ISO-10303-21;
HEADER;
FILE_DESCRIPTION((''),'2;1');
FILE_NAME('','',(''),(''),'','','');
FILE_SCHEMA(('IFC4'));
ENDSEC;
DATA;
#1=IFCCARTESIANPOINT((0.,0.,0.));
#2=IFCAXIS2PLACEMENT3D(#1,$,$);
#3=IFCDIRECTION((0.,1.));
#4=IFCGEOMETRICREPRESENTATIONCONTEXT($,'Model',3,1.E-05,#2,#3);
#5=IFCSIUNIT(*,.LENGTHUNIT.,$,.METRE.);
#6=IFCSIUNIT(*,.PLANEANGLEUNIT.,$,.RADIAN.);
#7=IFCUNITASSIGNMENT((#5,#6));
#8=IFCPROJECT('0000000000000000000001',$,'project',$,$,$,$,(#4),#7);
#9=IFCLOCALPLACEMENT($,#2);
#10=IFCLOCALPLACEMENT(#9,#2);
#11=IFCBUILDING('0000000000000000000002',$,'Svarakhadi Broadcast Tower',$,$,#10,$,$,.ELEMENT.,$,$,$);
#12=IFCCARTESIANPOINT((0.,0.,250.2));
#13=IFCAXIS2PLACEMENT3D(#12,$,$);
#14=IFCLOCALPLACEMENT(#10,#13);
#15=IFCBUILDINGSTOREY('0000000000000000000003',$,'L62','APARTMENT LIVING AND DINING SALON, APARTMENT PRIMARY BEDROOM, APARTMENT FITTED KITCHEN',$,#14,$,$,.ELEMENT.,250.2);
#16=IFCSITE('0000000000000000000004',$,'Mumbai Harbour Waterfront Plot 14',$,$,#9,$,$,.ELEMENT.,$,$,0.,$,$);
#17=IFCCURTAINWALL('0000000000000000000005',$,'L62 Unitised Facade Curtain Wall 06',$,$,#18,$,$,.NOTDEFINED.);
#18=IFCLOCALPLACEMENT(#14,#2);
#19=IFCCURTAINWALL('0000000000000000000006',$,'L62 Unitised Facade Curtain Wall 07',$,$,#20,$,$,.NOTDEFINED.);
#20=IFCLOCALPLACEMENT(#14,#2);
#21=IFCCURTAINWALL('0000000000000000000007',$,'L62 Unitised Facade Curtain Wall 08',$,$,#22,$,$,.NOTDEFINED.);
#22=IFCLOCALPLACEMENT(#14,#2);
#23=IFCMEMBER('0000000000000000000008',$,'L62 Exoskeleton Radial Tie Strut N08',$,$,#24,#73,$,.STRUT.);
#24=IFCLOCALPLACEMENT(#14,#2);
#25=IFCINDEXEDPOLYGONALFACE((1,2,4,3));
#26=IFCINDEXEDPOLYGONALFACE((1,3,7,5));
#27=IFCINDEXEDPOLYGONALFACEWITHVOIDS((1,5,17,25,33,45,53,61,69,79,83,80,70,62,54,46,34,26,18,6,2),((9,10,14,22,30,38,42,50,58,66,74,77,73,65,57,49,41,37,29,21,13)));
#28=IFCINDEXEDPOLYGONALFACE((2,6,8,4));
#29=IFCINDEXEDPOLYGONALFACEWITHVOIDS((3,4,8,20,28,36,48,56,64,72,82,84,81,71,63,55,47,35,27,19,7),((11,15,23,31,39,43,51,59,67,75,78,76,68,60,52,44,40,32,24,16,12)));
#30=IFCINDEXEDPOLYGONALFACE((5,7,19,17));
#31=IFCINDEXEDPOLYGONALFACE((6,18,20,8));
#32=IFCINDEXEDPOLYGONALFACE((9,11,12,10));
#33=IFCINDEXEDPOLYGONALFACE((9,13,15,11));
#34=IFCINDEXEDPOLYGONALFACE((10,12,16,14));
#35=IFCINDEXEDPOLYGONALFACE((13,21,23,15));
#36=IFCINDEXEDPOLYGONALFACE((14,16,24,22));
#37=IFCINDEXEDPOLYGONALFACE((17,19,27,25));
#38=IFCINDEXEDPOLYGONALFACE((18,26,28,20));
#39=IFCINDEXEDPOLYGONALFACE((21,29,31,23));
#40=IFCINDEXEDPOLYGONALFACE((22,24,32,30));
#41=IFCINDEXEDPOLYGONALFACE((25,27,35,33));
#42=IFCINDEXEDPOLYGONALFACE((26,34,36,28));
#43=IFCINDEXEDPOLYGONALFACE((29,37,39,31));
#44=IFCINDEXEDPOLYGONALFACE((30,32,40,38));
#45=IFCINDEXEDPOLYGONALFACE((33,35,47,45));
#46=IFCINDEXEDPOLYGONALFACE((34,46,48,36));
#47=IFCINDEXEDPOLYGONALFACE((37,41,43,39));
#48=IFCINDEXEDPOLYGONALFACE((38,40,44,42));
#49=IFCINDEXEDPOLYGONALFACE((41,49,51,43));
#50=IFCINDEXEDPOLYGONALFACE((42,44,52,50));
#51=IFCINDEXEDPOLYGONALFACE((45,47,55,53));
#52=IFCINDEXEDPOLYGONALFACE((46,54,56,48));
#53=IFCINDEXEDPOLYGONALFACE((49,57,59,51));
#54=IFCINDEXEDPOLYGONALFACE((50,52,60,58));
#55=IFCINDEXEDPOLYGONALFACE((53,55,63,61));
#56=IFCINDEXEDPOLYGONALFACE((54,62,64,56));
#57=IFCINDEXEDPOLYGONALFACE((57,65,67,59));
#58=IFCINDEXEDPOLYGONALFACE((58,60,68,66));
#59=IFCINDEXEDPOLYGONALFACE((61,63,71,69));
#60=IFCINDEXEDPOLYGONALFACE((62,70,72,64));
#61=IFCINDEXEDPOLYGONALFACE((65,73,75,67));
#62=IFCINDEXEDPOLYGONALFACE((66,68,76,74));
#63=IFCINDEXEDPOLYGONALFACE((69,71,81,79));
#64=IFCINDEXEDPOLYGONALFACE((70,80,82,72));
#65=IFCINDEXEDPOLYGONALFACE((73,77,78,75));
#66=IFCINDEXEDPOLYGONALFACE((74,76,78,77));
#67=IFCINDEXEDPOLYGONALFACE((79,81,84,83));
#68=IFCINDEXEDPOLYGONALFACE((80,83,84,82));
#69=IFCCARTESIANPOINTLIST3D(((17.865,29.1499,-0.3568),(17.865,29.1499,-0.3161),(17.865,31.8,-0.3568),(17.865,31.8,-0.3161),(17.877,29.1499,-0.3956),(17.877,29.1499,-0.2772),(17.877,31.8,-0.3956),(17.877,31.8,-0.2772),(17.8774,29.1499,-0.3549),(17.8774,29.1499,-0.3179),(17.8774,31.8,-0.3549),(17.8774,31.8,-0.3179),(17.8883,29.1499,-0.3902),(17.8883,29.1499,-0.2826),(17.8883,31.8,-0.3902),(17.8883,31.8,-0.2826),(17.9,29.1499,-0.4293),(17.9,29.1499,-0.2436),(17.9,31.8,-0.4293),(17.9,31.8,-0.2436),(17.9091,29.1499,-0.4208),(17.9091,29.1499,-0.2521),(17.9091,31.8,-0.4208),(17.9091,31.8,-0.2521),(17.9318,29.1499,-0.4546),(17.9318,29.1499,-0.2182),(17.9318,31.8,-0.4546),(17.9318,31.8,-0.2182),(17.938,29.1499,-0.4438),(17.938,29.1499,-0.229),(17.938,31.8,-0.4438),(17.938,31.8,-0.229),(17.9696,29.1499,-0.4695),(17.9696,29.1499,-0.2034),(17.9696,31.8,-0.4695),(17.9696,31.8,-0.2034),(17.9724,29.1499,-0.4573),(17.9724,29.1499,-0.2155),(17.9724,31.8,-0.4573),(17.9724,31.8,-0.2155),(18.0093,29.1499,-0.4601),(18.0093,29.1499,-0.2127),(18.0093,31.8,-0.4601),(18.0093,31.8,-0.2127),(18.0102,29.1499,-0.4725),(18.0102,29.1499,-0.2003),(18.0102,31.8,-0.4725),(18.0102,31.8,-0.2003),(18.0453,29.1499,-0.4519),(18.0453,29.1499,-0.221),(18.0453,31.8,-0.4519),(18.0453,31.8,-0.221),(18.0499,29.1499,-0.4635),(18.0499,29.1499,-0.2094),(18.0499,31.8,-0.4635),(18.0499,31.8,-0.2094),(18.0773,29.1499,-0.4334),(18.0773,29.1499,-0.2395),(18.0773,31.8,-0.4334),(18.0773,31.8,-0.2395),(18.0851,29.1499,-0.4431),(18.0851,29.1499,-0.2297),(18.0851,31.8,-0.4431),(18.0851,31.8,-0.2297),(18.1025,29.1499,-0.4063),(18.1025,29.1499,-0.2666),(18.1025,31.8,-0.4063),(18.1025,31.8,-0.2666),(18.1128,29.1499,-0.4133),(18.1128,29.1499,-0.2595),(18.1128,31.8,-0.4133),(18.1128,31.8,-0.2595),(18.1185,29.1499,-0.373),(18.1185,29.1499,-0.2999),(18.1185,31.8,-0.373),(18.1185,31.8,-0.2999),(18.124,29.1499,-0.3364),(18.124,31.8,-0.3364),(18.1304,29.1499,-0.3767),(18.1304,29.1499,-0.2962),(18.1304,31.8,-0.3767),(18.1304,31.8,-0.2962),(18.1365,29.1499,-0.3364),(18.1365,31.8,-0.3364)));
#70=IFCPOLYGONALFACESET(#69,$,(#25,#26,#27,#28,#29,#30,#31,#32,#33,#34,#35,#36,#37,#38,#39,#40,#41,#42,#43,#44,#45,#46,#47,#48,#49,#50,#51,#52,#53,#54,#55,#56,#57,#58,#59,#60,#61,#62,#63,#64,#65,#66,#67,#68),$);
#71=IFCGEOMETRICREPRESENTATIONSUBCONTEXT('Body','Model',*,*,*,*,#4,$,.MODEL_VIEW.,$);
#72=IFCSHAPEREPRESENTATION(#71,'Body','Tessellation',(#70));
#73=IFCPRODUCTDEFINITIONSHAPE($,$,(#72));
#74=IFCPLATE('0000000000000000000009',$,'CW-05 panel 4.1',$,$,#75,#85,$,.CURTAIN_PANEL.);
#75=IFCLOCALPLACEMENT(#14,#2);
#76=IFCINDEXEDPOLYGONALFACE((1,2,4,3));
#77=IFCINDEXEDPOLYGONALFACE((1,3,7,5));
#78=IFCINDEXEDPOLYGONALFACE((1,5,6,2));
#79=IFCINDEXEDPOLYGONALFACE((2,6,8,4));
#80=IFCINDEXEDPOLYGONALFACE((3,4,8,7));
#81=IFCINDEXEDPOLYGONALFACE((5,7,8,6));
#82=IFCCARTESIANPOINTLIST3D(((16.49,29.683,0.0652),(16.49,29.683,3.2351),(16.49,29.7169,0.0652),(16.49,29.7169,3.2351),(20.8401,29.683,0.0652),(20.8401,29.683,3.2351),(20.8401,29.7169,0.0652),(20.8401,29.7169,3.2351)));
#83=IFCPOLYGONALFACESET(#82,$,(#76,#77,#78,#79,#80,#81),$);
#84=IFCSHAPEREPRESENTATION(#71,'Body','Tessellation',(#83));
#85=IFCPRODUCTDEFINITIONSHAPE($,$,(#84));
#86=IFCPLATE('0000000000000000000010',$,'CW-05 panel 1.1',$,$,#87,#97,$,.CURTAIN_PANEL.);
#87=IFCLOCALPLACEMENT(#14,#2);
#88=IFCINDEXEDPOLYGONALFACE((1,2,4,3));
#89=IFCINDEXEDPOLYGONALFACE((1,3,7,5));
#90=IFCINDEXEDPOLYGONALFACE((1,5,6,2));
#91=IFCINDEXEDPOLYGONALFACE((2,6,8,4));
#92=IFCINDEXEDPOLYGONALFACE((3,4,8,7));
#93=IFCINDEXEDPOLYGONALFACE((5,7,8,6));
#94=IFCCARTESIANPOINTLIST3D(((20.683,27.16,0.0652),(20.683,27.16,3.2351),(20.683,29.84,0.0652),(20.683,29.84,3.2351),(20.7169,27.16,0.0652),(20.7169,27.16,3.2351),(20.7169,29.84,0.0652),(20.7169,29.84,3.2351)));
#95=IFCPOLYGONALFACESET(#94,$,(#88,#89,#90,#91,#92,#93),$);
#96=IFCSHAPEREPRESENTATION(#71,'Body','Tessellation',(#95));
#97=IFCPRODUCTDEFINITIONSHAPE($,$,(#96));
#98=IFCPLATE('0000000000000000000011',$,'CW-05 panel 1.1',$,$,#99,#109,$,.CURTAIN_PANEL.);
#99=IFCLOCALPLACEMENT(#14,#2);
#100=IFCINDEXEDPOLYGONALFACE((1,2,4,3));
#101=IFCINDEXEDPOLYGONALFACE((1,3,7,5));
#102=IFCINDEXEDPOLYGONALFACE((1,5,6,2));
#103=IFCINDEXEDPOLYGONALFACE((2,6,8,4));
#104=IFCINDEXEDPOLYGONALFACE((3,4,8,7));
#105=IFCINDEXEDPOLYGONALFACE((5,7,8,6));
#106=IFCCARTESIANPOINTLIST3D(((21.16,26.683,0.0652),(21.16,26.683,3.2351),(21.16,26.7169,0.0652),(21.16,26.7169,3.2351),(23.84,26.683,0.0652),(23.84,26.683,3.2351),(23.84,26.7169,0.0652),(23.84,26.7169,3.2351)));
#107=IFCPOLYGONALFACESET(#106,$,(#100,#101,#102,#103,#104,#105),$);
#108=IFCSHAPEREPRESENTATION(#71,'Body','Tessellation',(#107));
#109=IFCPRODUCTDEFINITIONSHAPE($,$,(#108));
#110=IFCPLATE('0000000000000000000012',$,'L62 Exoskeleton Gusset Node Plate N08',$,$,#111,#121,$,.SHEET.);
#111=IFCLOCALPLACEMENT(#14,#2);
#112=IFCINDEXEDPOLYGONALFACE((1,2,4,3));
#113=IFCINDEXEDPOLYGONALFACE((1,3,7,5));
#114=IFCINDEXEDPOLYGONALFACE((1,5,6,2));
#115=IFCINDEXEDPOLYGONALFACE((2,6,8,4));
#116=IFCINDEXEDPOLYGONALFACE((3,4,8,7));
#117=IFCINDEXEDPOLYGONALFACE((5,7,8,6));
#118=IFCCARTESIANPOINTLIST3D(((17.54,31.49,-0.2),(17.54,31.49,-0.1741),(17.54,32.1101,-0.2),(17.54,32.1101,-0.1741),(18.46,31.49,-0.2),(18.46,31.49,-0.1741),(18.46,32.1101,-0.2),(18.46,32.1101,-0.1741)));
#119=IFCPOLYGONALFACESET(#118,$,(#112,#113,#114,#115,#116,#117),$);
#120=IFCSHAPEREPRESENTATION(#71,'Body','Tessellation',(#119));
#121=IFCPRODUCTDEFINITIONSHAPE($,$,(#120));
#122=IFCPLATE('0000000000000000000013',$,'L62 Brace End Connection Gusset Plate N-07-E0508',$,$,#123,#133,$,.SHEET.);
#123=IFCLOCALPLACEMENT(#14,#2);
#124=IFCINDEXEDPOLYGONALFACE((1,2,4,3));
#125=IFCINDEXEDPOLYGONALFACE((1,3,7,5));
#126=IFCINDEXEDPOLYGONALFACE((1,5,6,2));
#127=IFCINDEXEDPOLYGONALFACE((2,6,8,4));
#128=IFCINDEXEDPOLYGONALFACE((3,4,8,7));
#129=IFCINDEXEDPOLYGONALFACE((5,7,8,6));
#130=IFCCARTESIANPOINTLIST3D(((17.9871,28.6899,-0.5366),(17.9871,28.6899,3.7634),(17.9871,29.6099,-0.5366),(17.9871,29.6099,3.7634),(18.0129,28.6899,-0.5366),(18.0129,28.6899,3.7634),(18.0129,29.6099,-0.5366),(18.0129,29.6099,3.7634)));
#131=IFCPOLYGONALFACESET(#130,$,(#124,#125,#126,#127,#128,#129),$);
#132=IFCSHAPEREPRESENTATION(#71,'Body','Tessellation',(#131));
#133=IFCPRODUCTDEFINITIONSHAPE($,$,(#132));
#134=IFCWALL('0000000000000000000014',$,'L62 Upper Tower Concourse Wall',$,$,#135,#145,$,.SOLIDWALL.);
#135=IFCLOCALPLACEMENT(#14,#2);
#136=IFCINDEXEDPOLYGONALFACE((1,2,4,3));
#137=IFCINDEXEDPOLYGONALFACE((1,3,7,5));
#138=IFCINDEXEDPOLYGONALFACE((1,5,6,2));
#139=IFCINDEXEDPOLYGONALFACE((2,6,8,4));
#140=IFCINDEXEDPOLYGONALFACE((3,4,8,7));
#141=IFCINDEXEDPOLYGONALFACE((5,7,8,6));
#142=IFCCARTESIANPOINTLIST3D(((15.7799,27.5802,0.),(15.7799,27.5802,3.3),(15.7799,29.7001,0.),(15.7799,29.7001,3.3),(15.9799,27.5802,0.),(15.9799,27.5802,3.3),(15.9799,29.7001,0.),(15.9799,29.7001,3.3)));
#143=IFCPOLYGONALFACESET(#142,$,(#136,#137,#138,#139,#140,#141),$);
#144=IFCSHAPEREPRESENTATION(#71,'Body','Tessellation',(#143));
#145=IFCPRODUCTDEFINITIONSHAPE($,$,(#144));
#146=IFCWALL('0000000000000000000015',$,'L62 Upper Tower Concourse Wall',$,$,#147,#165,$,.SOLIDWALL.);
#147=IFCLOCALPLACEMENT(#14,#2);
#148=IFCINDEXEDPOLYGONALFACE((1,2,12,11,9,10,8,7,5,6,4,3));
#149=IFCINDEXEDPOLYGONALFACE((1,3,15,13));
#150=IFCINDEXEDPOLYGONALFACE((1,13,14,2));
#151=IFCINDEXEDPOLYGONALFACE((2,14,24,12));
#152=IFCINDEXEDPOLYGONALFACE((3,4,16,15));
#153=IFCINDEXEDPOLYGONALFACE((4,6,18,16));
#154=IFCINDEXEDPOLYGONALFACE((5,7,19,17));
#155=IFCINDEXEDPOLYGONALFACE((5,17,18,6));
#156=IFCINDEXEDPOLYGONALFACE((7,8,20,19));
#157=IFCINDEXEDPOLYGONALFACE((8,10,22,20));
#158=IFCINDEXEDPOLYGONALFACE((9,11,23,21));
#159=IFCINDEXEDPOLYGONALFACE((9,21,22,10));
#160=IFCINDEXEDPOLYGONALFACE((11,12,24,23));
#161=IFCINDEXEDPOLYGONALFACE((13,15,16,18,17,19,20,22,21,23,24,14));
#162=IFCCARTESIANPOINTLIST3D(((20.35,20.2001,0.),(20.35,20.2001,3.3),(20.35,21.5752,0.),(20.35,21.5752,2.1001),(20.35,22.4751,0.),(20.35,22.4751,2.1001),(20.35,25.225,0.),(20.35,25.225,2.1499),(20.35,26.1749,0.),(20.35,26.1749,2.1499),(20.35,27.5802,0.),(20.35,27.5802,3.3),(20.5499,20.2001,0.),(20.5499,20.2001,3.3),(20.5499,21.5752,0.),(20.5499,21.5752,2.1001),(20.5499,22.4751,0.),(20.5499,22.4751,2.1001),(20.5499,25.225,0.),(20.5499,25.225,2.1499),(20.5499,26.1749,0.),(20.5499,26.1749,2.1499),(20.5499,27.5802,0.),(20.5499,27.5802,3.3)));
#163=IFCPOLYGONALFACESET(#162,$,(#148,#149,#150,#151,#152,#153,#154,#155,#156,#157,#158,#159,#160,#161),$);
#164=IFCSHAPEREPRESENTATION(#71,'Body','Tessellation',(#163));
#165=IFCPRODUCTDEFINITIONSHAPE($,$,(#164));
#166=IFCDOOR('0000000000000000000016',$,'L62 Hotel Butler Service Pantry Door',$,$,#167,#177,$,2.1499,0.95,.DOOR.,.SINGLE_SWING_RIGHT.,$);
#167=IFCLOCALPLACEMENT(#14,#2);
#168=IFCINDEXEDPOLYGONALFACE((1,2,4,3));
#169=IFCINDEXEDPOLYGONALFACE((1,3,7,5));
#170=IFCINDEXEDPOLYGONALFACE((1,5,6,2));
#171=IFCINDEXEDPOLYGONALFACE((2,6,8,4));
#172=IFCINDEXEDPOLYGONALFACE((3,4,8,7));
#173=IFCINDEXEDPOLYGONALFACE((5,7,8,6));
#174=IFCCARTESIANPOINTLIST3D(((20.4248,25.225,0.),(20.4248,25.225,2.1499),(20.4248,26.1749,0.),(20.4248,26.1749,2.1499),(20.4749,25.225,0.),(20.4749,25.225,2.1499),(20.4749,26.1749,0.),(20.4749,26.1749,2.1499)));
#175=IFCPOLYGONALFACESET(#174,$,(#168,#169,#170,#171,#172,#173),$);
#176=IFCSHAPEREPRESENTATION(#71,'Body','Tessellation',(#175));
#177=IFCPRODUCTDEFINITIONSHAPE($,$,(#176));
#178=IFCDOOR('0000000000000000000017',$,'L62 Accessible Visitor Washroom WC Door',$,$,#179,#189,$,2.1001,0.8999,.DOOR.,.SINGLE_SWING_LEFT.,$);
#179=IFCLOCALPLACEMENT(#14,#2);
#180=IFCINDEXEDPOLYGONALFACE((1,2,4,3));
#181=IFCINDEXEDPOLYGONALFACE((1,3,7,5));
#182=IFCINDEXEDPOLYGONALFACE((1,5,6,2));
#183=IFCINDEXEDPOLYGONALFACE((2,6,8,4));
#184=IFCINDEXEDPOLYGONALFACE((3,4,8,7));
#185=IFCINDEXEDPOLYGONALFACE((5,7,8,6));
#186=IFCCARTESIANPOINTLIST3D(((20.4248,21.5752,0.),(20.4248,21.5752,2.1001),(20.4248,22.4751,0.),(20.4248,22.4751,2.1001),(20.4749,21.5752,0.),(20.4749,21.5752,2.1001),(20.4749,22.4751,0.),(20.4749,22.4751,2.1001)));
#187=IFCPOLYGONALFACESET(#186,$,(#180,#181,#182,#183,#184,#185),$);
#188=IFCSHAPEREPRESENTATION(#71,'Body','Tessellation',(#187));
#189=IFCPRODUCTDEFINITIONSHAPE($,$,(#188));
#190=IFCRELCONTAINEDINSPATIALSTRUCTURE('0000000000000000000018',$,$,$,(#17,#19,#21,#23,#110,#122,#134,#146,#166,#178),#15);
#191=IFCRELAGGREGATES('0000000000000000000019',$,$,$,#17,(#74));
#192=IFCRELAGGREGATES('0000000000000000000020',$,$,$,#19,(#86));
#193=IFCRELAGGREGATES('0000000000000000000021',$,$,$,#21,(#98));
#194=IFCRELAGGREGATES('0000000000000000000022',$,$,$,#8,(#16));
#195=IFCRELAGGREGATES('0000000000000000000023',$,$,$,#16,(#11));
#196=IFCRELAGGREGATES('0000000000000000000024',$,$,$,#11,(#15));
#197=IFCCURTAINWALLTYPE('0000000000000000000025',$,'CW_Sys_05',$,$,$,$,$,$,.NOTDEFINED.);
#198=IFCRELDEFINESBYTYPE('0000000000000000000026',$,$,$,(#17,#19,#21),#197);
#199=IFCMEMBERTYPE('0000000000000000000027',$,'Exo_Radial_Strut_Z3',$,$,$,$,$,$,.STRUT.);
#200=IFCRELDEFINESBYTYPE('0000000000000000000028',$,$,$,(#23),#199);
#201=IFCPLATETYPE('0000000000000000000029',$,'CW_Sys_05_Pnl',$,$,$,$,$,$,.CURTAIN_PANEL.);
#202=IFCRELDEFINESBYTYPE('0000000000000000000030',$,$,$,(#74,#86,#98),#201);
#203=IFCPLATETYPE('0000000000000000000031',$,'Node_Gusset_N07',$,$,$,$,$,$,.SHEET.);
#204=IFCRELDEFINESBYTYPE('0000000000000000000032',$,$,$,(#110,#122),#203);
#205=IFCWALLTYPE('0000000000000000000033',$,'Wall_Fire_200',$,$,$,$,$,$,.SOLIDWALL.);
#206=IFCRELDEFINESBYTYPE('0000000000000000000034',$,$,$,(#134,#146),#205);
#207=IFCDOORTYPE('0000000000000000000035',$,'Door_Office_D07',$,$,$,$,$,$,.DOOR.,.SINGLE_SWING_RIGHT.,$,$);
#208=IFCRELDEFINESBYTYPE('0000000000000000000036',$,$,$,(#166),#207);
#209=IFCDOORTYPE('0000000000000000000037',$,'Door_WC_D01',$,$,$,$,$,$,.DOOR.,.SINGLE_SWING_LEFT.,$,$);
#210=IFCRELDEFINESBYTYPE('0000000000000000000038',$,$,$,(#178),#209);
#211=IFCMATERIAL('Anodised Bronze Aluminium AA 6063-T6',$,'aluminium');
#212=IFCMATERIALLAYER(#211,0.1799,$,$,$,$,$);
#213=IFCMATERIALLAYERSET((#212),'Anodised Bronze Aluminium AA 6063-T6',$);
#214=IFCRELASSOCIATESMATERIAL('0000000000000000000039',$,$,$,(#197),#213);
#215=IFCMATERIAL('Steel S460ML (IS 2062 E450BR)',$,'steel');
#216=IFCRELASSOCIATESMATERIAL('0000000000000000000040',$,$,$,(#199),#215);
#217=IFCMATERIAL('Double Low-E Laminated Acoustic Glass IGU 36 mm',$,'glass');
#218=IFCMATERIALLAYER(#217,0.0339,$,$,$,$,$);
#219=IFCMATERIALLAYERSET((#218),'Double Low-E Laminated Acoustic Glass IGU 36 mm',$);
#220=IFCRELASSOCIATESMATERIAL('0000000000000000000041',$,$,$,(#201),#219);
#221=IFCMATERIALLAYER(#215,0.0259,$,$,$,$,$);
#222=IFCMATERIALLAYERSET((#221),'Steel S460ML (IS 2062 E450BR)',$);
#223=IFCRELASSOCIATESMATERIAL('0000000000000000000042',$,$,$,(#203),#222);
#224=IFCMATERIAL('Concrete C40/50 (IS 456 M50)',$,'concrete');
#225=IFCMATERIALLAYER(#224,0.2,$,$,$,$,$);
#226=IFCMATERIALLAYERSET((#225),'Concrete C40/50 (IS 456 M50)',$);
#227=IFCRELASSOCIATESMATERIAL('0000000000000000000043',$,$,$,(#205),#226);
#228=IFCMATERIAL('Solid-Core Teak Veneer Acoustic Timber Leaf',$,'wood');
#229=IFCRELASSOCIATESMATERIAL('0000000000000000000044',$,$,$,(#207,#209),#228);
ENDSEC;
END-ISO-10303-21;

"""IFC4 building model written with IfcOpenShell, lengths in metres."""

from ifc_helpers import new_model, si_unit, direction, frame, frame_2d, origin, origin_2d, place, context, subcontext, project, spatial, rectangle, hollow_circle, extrude, material, layer, layer_set, material_profile, profile_set, type_object, element, fill, aggregate, save


model = new_model("IFC4")

# Units and contexts
model_context = context("Model", 3, precision=1e-05, world=origin(), true_north=direction((0.0, 1.0)))
body_context = subcontext(model_context, "Body", "Model", "MODEL_VIEW")
ifc_project = project(units=[si_unit("LENGTHUNIT", "METRE"), si_unit("PLANEANGLEUNIT", "RADIAN")], contexts=[model_context])

# Site, building, storey
site_placement = place(None, origin())
site = spatial("IfcSite", under=ifc_project, at=site_placement, Name="Mumbai Harbour Waterfront Plot 14", CompositionType="ELEMENT", RefElevation=0.0)
building_placement = place(site_placement, origin())
building = spatial("IfcBuilding", under=site, at=building_placement, Name="Svarakhadi Broadcast Tower", CompositionType="ELEMENT")
storey_placement = place(building_placement, frame((0.0, 0.0, 250.2)))
storey = spatial("IfcBuildingStorey", under=building, at=storey_placement, Name="L62", Description="APARTMENT LIVING AND DINING SALON, APARTMENT PRIMARY BEDROOM, APARTMENT FITTED KITCHEN", CompositionType="ELEMENT", Elevation=250.2)

# Shared definitions
ifc_material_1 = material(Name="Steel S460ML (IS 2062 E450BR)", Category="steel")

# Curtain walls
ifc_material_2 = material(Name="Anodised Bronze Aluminium AA 6063-T6", Category="aluminium")
ifc_layer_1 = layer(ifc_material_2, 0.1799)
ifc_layer_set_1 = layer_set([ifc_layer_1], Name="Anodised Bronze Aluminium AA 6063-T6")
curtain_wall_type = type_object("IfcCurtainWallType", Name="CW_Sys_05", PredefinedType="NOTDEFINED", material=ifc_layer_set_1)
curtain_wall_1_placement = place(storey_placement, origin())
curtain_wall_1 = element("IfcCurtainWall", 1, at=curtain_wall_1_placement, inside=storey, type_object=curtain_wall_type, Name="L62 Unitised Facade Curtain Wall 06", PredefinedType="NOTDEFINED")
curtain_wall_2_placement = place(storey_placement, origin())
curtain_wall_2 = element("IfcCurtainWall", 2, at=curtain_wall_2_placement, inside=storey, type_object=curtain_wall_type, Name="L62 Unitised Facade Curtain Wall 07", PredefinedType="NOTDEFINED")

# Curtain wall
curtain_wall_3_placement = place(storey_placement, origin())
curtain_wall_3 = element("IfcCurtainWall", 3, at=curtain_wall_3_placement, inside=storey, type_object=curtain_wall_type, Name="L62 Unitised Facade Curtain Wall 08", PredefinedType="NOTDEFINED")

# Member
ifc_material_profile_1 = material_profile(ifc_material_1, hollow_circle(Radius=0.1365, WallThickness=0.0125, at=origin_2d()), Name="CHS 273x12.5")
ifc_profile_set_1 = profile_set([ifc_material_profile_1], Name="Steel S460ML (IS 2062 E450BR)")
member_type_1 = type_object("IfcMemberType", Name="Exo_Radial_Strut_Z3", PredefinedType="STRUT", material=ifc_profile_set_1)
member_1_placement = place(storey_placement, frame((18.0, 31.8, -0.3364), z_axis=(0.0, -1.0, 0.0), x_axis=(1.0, 0.0, 0.0)))
element("IfcMember", 4, at=member_1_placement, inside=storey, type_object=member_type_1, Name="L62 Exoskeleton Radial Tie Strut N08", PredefinedType="STRUT", context=body_context, shape_type="SweptSolid", body=[
    extrude(hollow_circle(Radius=0.1365, WallThickness=0.0125, at=origin_2d()), origin(), (0.0, 0.0, 1.0), 2.6501),
])

# Plates
ifc_material_3 = material(Name="Double Low-E Laminated Acoustic Glass IGU 36 mm", Category="glass")
ifc_layer_2 = layer(ifc_material_3, 0.0339)
ifc_layer_set_2 = layer_set([ifc_layer_2], Name="Double Low-E Laminated Acoustic Glass IGU 36 mm")
plate_type_1 = type_object("IfcPlateType", Name="CW_Sys_05_Pnl", PredefinedType="CURTAIN_PANEL", material=ifc_layer_set_2)
plate_1_placement = place(storey_placement, frame((18.665, 29.7, 0.0652), z_axis=(0.0, 0.0, 1.0), x_axis=(1.0, 0.0, 0.0)))
plate_1 = element("IfcPlate", 5, at=plate_1_placement, type_object=plate_type_1, Name="CW-05 panel 4.1", PredefinedType="CURTAIN_PANEL", context=body_context, shape_type="SweptSolid", body=[
    extrude(rectangle(XDim=4.3501, YDim=0.0339, at=origin_2d()), origin(), (0.0, 0.0, 1.0), 3.1699),
])
aggregate(curtain_wall_1, [plate_1])
plate_2_placement = place(storey_placement, frame((20.7, 28.5, 0.0652), z_axis=(0.0, 0.0, 1.0), x_axis=(0.0, -1.0, 0.0)))
plate_2 = element("IfcPlate", 6, at=plate_2_placement, type_object=plate_type_1, Name="CW-05 panel 1.1", PredefinedType="CURTAIN_PANEL", context=body_context, shape_type="SweptSolid", body=[
    extrude(rectangle(XDim=2.6799, YDim=0.0339, at=origin_2d()), origin(), (0.0, 0.0, 1.0), 3.1699),
])
aggregate(curtain_wall_2, [plate_2])
plate_3_placement = place(storey_placement, frame((22.5, 26.7, 0.0652), z_axis=(0.0, 0.0, 1.0), x_axis=(1.0, 0.0, 0.0)))
plate_3 = element("IfcPlate", 7, at=plate_3_placement, type_object=plate_type_1, Name="CW-05 panel 1.1", PredefinedType="CURTAIN_PANEL", context=body_context, shape_type="SweptSolid", body=[
    extrude(rectangle(XDim=2.6799, YDim=0.0339, at=origin_2d()), origin(), (0.0, 0.0, 1.0), 3.1699),
])
aggregate(curtain_wall_3, [plate_3])

# Plates
ifc_layer_3 = layer(ifc_material_1, 0.0259)
ifc_layer_set_3 = layer_set([ifc_layer_3], Name="Steel S460ML (IS 2062 E450BR)")
plate_type_2 = type_object("IfcPlateType", Name="Node_Gusset_N07", PredefinedType="SHEET", material=ifc_layer_set_3)
plate_4_placement = place(storey_placement, frame((18.0, 31.8, -0.2), z_axis=(0.0, 0.0, 1.0), x_axis=(1.0, 0.0, 0.0)))
element("IfcPlate", 8, at=plate_4_placement, inside=storey, type_object=plate_type_2, Name="L62 Exoskeleton Gusset Node Plate N08", PredefinedType="SHEET", context=body_context, shape_type="SweptSolid", body=[
    extrude(rectangle(XDim=0.9199, YDim=0.6201, at=origin_2d()), origin(), (0.0, 0.0, 1.0), 0.0259),
])
plate_5_placement = place(storey_placement, frame((18.0, 29.1499, -0.5366), z_axis=(0.0, 0.0, 1.0), x_axis=(0.0, 1.0, 0.0)))
element("IfcPlate", 9, at=plate_5_placement, inside=storey, type_object=plate_type_2, Name="L62 Brace End Connection Gusset Plate N-07-E0508", PredefinedType="SHEET", context=body_context, shape_type="SweptSolid", body=[
    extrude(rectangle(XDim=0.9199, YDim=0.0259, at=origin_2d()), origin(), (0.0, 0.0, 1.0), 4.3),
])

# Wall
ifc_material_4 = material(Name="Concrete C40/50 (IS 456 M50)", Category="concrete")
ifc_layer_4 = layer(ifc_material_4, 0.2)
ifc_layer_set_4 = layer_set([ifc_layer_4], Name="Concrete C40/50 (IS 456 M50)")
wall_type = type_object("IfcWallType", Name="Wall_Fire_200", PredefinedType="SOLIDWALL", material=ifc_layer_set_4)
wall_1_placement = place(storey_placement, frame((15.8799, 27.5801, 0.0), z_axis=(0.0, 0.0, 1.0), x_axis=(0.0, 1.0, 0.0)))
element("IfcWall", 10, at=wall_1_placement, inside=storey, type_object=wall_type, Name="L62 Upper Tower Concourse Wall", PredefinedType="SOLIDWALL", context=body_context, shape_type="SweptSolid", body=[
    extrude(rectangle(XDim=2.1199, YDim=0.2, at=frame_2d((1.0601, 0.0))), origin(), (0.0, 0.0, 1.0), 3.3),
])

# Wall, openings, doors
wall_2_placement = place(storey_placement, frame((20.45, 27.5801, 0.0), z_axis=(0.0, 0.0, 1.0), x_axis=(0.0, -1.0, 0.0)))
wall_2 = element("IfcWall", 11, at=wall_2_placement, inside=storey, type_object=wall_type, Name="L62 Upper Tower Concourse Wall", PredefinedType="SOLIDWALL", context=body_context, shape_type="SweptSolid", body=[
    extrude(rectangle(XDim=7.3801, YDim=0.2, at=frame_2d((3.6899, 0.0))), origin(), (0.0, 0.0, 1.0), 3.3),
])
opening_1_placement = place(wall_2_placement, frame((5.105, 0.0, 0.0)))
opening_1 = element("IfcOpeningElement", 12, at=opening_1_placement, cuts=wall_2, PredefinedType="OPENING", context=body_context, shape_type="SweptSolid", body=[
    extrude(rectangle(XDim=0.8999, YDim=2.1001, at=frame_2d((0.45, 1.05))), frame((0.0, 0.1099, 0.0), z_axis=(0.0, -1.0, 0.0), x_axis=(1.0, 0.0, 0.0)), (0.0, 0.0, 1.0), 0.22),
])
opening_2_placement = place(wall_2_placement, frame((1.405, 0.0, 0.0)))
opening_2 = element("IfcOpeningElement", 13, at=opening_2_placement, cuts=wall_2, PredefinedType="OPENING", context=body_context, shape_type="SweptSolid", body=[
    extrude(rectangle(XDim=0.95, YDim=2.1499, at=frame_2d((0.4751, 1.075))), frame((0.0, 0.1099, 0.0), z_axis=(0.0, -1.0, 0.0), x_axis=(1.0, 0.0, 0.0)), (0.0, 0.0, 1.0), 0.22),
])
ifc_material_5 = material(Name="Solid-Core Teak Veneer Acoustic Timber Leaf", Category="wood")
door_type_1 = type_object("IfcDoorType", Name="Door_Office_D07", OperationType="SINGLE_SWING_RIGHT", PredefinedType="DOOR", material=ifc_material_5)
door_1_placement = place(opening_2_placement, origin())
door_1 = element("IfcDoor", 14, at=door_1_placement, inside=storey, type_object=door_type_1, Name="L62 Hotel Butler Service Pantry Door", OperationType="SINGLE_SWING_RIGHT", OverallHeight=2.1499, OverallWidth=0.95, PredefinedType="DOOR", context=body_context, shape_type="SweptSolid", body=[
    extrude(rectangle(XDim=0.95, YDim=2.1499, at=frame_2d((0.4751, 1.075))), frame((0.0, 0.0249, 0.0), z_axis=(0.0, -1.0, 0.0), x_axis=(1.0, 0.0, 0.0)), (0.0, 0.0, 1.0), 0.05),
])
fill(opening_2, door_1)
door_type_2 = type_object("IfcDoorType", Name="Door_WC_D01", OperationType="SINGLE_SWING_LEFT", PredefinedType="DOOR", material=ifc_material_5)
door_2_placement = place(opening_1_placement, origin())
door_2 = element("IfcDoor", 15, at=door_2_placement, inside=storey, type_object=door_type_2, Name="L62 Accessible Visitor Washroom WC Door", OperationType="SINGLE_SWING_LEFT", OverallHeight=2.1001, OverallWidth=0.8999, PredefinedType="DOOR", context=body_context, shape_type="SweptSolid", body=[
    extrude(rectangle(XDim=0.8999, YDim=2.1001, at=frame_2d((0.45, 1.05))), frame((0.0, 0.0249, 0.0), z_axis=(0.0, -1.0, 0.0), x_axis=(1.0, 0.0, 0.0)), (0.0, 0.0, 1.0), 0.05),
])
fill(opening_1, door_2)

save(model, "model.ifc")
